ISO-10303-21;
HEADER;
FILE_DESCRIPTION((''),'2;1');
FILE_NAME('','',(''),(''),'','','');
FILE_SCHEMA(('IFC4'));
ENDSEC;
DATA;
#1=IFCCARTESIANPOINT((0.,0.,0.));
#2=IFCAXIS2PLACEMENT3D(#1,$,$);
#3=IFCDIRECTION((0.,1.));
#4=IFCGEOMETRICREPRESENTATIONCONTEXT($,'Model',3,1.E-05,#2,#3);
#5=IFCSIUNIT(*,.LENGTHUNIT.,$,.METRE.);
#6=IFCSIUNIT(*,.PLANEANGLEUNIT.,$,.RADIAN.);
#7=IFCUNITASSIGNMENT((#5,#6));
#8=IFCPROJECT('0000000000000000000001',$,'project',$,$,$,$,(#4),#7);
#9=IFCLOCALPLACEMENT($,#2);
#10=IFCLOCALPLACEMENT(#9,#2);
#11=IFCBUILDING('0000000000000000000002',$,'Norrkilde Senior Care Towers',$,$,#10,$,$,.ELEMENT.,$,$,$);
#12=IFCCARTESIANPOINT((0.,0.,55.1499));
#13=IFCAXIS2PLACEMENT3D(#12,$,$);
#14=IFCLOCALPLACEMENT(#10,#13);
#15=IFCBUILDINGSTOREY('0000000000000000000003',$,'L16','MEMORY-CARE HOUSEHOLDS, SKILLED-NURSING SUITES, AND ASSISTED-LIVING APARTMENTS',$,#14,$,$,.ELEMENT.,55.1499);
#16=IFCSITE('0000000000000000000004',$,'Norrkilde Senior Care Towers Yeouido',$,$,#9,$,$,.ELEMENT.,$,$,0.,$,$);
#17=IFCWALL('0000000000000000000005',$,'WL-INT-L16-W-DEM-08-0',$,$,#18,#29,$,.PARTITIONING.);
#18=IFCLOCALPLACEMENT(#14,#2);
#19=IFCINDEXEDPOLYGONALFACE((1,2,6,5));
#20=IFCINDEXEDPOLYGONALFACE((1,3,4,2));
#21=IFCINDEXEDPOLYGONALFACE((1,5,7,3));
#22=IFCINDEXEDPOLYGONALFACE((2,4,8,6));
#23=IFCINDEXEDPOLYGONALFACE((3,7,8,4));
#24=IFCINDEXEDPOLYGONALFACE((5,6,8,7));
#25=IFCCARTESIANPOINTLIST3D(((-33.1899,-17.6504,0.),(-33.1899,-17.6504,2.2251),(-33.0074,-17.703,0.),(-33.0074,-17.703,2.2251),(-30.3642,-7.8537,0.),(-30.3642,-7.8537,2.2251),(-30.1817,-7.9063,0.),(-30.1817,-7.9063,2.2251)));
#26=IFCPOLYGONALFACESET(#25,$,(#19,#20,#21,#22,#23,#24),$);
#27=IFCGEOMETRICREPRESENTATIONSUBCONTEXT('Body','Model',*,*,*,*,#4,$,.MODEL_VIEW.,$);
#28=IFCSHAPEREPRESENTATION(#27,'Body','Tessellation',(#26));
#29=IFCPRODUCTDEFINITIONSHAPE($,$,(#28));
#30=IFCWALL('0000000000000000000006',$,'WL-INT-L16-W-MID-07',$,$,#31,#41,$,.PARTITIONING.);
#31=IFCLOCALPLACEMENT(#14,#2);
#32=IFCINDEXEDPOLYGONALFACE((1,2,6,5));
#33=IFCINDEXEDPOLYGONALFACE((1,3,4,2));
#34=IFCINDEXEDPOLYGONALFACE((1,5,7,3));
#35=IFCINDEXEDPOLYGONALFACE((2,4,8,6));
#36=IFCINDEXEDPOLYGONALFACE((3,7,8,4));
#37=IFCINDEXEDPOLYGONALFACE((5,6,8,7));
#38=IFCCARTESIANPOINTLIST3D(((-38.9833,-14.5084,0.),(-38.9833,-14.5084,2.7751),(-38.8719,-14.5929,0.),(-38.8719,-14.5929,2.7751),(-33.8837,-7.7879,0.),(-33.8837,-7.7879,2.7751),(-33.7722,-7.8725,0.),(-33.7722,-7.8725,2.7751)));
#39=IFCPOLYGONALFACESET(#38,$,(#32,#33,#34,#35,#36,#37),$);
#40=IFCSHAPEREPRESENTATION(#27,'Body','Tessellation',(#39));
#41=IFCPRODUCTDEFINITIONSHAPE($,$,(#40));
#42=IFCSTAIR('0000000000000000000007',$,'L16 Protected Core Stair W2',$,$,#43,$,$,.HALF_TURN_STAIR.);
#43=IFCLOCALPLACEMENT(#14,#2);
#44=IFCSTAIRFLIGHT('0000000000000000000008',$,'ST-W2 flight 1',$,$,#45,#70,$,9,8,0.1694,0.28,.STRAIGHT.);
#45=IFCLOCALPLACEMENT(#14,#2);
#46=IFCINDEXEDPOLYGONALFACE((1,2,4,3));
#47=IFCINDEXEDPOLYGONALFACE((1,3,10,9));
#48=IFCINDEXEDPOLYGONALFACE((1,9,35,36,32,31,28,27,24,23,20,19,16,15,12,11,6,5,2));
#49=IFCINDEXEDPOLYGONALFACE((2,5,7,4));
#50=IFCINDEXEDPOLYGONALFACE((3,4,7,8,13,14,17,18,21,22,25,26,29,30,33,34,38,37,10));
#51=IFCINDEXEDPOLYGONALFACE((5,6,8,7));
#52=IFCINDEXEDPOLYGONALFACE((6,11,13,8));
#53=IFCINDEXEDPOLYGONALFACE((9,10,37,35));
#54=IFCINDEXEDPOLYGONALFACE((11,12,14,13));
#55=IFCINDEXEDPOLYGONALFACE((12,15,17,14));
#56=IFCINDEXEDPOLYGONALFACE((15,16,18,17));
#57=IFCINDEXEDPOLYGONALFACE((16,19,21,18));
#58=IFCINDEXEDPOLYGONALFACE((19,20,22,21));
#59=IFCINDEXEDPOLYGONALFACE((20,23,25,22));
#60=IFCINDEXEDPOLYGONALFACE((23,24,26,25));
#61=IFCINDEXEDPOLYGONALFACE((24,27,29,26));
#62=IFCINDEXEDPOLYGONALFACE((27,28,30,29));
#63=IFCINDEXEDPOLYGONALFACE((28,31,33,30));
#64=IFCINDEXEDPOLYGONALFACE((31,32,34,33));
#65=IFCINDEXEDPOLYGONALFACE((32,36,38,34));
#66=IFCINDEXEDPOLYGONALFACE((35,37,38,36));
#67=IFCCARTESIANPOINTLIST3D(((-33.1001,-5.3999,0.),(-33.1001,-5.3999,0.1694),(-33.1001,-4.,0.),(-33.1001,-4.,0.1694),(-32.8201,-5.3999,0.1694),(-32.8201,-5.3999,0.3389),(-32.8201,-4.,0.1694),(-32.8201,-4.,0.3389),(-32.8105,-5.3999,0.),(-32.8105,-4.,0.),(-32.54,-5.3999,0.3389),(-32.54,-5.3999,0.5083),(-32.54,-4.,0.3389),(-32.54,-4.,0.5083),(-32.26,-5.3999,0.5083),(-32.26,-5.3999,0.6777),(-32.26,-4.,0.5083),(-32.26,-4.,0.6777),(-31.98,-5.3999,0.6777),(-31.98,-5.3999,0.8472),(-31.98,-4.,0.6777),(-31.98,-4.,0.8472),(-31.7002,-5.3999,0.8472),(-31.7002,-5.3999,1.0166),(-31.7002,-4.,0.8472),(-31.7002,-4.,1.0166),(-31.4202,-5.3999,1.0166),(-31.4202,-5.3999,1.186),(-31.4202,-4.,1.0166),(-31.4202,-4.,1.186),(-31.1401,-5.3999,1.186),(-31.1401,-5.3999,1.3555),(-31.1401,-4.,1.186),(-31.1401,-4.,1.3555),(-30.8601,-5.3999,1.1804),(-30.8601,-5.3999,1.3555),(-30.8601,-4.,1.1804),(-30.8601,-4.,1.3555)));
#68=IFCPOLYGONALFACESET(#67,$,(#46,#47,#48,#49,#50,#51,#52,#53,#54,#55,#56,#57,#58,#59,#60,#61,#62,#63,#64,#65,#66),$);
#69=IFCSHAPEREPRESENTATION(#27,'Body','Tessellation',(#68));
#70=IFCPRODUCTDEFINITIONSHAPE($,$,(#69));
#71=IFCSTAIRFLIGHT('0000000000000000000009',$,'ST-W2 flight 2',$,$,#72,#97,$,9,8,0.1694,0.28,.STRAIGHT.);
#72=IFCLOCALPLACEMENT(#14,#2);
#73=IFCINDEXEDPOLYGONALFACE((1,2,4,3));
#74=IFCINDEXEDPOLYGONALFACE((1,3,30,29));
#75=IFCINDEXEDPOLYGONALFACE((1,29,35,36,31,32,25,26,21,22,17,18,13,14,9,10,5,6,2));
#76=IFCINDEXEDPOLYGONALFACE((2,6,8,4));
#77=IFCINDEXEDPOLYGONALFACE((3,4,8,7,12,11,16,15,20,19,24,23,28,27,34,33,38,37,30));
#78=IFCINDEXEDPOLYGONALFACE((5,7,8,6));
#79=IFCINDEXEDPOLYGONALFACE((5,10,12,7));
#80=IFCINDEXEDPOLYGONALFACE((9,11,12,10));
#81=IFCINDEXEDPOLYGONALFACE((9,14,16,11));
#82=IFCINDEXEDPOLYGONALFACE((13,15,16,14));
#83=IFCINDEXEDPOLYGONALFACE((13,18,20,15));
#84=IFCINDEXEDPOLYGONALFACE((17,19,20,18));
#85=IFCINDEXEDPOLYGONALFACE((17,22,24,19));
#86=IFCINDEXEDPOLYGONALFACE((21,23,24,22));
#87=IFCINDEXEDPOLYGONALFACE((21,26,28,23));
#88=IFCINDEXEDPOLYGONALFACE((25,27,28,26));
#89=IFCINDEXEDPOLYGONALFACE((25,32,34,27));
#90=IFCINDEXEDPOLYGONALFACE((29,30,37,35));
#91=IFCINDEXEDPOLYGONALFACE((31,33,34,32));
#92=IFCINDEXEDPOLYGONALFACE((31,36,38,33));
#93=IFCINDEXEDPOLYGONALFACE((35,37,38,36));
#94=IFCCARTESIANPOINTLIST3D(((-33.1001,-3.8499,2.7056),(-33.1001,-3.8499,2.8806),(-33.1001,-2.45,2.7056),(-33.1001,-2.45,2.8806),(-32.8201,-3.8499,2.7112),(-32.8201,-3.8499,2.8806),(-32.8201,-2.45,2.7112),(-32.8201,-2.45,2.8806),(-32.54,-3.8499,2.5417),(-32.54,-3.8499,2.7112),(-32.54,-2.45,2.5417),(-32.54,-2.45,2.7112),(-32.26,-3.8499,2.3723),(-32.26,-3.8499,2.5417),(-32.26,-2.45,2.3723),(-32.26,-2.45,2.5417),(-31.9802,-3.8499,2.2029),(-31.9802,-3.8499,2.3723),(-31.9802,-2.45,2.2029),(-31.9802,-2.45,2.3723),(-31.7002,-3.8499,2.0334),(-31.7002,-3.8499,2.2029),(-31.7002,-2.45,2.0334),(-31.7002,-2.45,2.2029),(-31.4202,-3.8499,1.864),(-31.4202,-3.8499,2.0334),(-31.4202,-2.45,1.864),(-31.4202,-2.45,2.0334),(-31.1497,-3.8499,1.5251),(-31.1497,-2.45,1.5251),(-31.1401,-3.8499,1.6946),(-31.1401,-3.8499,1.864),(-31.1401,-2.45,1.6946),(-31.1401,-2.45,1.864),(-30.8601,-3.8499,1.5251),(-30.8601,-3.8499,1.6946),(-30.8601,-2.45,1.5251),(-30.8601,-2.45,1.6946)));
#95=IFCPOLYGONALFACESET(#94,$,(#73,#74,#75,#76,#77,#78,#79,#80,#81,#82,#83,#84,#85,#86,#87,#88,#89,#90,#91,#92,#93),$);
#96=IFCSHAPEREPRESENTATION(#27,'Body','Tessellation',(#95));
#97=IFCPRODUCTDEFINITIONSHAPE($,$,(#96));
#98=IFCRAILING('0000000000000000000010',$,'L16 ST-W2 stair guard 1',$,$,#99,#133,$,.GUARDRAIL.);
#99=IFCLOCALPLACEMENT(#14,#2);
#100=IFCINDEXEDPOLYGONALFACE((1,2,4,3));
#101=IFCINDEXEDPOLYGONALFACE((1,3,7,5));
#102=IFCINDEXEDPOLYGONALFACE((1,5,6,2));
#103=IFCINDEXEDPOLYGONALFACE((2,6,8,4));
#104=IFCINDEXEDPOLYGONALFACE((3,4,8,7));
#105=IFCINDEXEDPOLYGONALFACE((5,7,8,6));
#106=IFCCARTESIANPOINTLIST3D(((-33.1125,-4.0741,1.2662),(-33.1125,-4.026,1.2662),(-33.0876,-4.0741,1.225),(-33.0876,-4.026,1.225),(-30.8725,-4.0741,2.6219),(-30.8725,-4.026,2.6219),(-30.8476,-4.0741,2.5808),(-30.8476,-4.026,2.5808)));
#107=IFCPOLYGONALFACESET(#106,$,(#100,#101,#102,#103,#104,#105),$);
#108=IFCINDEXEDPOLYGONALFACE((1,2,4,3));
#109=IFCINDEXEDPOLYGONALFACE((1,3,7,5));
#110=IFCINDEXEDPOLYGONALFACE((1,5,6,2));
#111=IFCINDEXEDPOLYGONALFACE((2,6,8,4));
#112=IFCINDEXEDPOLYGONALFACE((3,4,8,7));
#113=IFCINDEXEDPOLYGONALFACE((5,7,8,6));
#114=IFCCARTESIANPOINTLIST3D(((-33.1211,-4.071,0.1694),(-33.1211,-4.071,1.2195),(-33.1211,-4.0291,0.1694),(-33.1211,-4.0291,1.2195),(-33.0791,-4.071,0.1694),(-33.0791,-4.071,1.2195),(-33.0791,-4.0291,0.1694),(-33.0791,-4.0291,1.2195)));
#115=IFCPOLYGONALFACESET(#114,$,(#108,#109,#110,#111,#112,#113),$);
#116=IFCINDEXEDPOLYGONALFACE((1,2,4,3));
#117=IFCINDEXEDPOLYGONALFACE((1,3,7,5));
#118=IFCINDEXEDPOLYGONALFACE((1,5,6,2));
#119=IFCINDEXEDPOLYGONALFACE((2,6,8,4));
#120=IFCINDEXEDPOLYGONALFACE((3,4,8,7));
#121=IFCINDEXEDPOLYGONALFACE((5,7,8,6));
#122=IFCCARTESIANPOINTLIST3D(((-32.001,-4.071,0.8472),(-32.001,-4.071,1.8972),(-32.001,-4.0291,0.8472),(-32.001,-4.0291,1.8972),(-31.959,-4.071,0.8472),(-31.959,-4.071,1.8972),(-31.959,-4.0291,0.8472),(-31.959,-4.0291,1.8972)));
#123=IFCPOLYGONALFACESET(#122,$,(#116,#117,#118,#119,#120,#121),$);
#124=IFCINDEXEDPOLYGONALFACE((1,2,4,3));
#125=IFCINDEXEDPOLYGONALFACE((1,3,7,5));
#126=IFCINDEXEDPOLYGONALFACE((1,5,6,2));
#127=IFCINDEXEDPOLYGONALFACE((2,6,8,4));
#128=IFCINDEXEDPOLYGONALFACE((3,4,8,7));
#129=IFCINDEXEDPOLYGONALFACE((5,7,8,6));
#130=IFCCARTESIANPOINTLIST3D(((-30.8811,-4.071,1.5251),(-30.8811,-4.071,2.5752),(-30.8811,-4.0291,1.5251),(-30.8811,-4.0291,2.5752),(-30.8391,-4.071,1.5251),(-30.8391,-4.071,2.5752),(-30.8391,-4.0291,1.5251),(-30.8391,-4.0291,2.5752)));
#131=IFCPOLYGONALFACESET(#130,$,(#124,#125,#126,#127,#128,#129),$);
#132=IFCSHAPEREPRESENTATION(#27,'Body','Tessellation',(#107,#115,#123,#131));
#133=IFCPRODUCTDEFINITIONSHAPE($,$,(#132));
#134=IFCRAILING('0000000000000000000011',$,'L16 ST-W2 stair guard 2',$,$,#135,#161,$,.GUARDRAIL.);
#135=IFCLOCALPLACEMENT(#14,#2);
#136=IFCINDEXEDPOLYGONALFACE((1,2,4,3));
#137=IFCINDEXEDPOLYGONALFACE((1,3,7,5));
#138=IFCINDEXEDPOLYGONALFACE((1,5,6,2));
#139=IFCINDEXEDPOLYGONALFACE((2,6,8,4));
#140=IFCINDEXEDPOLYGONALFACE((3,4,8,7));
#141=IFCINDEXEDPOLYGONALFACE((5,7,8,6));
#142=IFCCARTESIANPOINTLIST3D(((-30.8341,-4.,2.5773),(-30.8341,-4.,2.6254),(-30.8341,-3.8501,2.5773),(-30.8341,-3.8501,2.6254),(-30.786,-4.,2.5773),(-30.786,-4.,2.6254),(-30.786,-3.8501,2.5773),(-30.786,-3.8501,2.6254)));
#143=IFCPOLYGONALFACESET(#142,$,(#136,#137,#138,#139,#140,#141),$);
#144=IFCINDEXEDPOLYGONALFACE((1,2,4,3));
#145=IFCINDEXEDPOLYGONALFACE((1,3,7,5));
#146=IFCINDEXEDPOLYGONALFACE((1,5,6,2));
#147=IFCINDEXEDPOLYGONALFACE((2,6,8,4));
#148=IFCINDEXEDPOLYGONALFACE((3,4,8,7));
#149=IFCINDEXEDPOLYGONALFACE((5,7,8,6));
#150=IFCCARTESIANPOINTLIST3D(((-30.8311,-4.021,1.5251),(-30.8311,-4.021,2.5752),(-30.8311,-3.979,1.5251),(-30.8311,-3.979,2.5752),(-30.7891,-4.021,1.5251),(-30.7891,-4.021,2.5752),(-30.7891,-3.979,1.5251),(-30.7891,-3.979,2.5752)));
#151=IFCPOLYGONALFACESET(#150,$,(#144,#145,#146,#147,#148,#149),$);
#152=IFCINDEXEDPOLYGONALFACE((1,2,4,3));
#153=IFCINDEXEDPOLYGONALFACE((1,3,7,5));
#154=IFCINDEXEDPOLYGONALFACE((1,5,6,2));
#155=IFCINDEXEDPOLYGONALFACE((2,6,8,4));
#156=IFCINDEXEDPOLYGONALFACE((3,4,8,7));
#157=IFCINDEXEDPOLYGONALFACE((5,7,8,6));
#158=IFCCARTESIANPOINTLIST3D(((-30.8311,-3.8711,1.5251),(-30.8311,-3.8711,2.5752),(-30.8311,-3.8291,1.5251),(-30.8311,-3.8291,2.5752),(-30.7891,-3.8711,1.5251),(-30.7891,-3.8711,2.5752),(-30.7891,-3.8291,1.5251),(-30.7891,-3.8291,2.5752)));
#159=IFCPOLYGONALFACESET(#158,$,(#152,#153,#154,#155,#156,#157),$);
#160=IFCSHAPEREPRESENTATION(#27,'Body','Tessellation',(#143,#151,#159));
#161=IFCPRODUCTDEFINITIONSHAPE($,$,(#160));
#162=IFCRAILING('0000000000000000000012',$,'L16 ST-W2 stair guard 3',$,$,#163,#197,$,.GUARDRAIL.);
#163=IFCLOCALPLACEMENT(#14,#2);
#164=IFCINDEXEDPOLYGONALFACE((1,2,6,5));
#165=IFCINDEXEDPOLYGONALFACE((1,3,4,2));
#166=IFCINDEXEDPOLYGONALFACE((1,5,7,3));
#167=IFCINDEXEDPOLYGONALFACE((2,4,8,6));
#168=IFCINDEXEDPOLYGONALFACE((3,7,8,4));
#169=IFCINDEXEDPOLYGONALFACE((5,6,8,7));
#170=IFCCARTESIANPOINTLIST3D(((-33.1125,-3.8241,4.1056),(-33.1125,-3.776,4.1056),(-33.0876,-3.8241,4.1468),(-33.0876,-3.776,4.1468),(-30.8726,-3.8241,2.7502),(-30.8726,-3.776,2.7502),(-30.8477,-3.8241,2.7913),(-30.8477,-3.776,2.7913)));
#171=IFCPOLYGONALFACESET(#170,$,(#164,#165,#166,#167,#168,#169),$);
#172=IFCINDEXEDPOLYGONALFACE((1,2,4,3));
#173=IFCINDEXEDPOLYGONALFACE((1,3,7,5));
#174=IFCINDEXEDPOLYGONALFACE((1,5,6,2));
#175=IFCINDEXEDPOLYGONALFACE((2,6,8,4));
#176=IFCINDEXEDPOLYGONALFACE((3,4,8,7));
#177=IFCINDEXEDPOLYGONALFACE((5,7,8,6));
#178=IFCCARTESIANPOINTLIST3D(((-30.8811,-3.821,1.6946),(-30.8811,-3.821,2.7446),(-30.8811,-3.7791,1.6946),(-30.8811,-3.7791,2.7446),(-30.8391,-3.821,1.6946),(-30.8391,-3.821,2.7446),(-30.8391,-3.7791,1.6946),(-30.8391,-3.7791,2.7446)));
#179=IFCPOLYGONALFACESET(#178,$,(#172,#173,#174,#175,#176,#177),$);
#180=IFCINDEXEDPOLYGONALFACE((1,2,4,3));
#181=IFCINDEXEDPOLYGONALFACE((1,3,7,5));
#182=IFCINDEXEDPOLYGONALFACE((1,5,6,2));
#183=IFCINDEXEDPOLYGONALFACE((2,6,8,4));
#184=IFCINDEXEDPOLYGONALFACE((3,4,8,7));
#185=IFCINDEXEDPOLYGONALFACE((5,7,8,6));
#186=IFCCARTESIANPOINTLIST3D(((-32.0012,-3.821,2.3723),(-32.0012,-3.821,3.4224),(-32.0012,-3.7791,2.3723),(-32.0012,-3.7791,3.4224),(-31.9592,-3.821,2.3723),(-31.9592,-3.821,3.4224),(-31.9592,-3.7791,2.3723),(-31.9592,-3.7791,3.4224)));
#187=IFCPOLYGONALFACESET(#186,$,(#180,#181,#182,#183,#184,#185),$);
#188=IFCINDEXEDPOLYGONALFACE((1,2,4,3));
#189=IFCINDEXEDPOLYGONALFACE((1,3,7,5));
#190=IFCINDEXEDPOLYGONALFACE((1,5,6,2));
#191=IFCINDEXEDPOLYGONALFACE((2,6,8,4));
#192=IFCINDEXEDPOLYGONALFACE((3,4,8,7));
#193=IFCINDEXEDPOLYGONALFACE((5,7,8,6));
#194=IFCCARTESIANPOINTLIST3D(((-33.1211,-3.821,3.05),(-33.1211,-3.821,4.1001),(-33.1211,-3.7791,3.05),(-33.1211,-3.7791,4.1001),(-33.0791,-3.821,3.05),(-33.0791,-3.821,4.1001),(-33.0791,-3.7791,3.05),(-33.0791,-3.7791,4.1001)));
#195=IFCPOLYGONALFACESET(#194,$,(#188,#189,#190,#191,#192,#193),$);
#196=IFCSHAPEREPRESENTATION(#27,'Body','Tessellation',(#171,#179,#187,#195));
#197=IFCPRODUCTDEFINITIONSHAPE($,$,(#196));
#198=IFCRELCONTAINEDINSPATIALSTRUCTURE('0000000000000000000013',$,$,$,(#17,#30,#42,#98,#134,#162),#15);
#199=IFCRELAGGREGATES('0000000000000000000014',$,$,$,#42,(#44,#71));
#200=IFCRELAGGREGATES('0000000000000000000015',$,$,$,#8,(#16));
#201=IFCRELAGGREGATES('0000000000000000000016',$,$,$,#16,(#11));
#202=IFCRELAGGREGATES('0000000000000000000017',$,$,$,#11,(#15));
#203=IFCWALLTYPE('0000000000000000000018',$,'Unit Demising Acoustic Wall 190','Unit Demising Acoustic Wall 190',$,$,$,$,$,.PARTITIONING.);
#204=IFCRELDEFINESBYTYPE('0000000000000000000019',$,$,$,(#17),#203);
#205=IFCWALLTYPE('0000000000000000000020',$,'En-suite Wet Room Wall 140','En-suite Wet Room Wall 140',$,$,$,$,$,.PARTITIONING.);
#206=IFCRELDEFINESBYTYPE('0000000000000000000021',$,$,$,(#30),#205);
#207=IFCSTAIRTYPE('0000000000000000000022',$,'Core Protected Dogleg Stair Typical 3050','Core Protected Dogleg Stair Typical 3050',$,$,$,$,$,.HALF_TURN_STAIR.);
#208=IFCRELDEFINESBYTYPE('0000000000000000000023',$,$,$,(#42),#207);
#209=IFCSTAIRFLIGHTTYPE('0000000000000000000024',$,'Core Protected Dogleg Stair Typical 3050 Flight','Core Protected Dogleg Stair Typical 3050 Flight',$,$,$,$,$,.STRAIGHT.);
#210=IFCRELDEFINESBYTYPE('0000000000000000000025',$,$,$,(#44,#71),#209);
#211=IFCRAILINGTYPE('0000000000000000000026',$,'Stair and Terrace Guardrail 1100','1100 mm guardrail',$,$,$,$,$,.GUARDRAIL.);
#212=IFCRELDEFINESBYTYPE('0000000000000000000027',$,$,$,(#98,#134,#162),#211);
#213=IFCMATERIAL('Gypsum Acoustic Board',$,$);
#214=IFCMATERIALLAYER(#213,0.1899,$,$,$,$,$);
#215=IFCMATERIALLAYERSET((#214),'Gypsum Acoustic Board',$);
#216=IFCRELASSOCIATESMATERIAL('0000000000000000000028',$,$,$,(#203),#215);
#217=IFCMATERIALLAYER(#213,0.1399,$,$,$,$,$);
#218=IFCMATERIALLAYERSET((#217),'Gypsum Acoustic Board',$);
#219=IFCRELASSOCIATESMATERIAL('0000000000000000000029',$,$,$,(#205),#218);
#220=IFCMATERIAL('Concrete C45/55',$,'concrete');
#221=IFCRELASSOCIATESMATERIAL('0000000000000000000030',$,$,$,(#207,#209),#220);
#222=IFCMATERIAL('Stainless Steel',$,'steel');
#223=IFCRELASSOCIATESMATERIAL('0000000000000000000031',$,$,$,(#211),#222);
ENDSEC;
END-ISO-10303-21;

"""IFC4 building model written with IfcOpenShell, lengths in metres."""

from ifc_helpers import new_model, si_unit, direction, frame, frame_2d, origin, origin_2d, place, context, subcontext, project, spatial, polyline, rectangle, outline, extrude, source, transform, mapped, material, layer, layer_set, type_object, type_shapes, element, aggregate, save


model = new_model("IFC4")

# Units and contexts
model_context = context("Model", 3, precision=1e-05, world=origin(), true_north=direction((0.0, 1.0)))
body_context = subcontext(model_context, "Body", "Model", "MODEL_VIEW")
ifc_project = project(units=[si_unit("LENGTHUNIT", "METRE"), si_unit("PLANEANGLEUNIT", "RADIAN")], contexts=[model_context])

# Site, building, storey
site_placement = place(None, origin())
site = spatial("IfcSite", under=ifc_project, at=site_placement, Name="Norrkilde Senior Care Towers Yeouido", CompositionType="ELEMENT", RefElevation=0.0)
building_placement = place(site_placement, origin())
building = spatial("IfcBuilding", under=site, at=building_placement, Name="Norrkilde Senior Care Towers", CompositionType="ELEMENT")
storey_placement = place(building_placement, frame((0.0, 0.0, 55.1499)))
storey = spatial("IfcBuildingStorey", under=building, at=storey_placement, Name="L16", Description="MEMORY-CARE HOUSEHOLDS, SKILLED-NURSING SUITES, AND ASSISTED-LIVING APARTMENTS", CompositionType="ELEMENT", Elevation=55.1499)

# Shared definitions
ifc_material_1 = material(Name="Concrete C45/55", Category="concrete")

# Walls
ifc_material_2 = material(Name="Gypsum Acoustic Board")
ifc_layer_1 = layer(ifc_material_2, 0.1899)
ifc_layer_set_1 = layer_set([ifc_layer_1], Name="Gypsum Acoustic Board")
wall_type_1 = type_object("IfcWallType", Name="Unit Demising Acoustic Wall 190", Description="Unit Demising Acoustic Wall 190", PredefinedType="PARTITIONING", material=ifc_layer_set_1)
shared_shape_1 = source(origin(), body_context, "Body", "SweptSolid", [
    extrude(rectangle(XDim=10.196, YDim=0.1899, at=frame_2d((5.0981, 0.0))), origin(), (0.0, 0.0, 1.0), 2.2251),
])
type_shapes(wall_type_1, [shared_shape_1])
wall_1_placement = place(storey_placement, frame((-30.2729, -7.8799, 0.0), z_axis=(0.0, 0.0, 1.0), x_axis=(-0.277136, -0.960831, 0.0)))
element("IfcWall", 1, at=wall_1_placement, inside=storey, type_object=wall_type_1, Name="WL-INT-L16-W-DEM-08-0", PredefinedType="PARTITIONING", context=body_context, shape_type="MappedRepresentation", body=[
    mapped(shared_shape_1, transform((0.0, 0.0, 0.0), x_axis=(1.0, 0.0, 0.0), y_axis=(0.0, 1.0, 0.0), z_axis=(0.0, 0.0, 1.0), scale=1.0)),
])
ifc_layer_2 = layer(ifc_material_2, 0.1399)
ifc_layer_set_2 = layer_set([ifc_layer_2], Name="Gypsum Acoustic Board")
wall_type_2 = type_object("IfcWallType", Name="En-suite Wet Room Wall 140", Description="En-suite Wet Room Wall 140", PredefinedType="PARTITIONING", material=ifc_layer_set_2)
shared_shape_2 = source(origin(), body_context, "Body", "SweptSolid", [
    extrude(rectangle(XDim=8.4363, YDim=0.1399, at=frame_2d((4.2183, 0.0))), origin(), (0.0, 0.0, 1.0), 2.7751),
])
type_shapes(wall_type_2, [shared_shape_2])
wall_2_placement = place(storey_placement, frame((-33.8279, -7.8301, 0.0), z_axis=(0.0, 0.0, 1.0), x_axis=(-0.604487, -0.796615, 0.0)))
element("IfcWall", 2, at=wall_2_placement, inside=storey, type_object=wall_type_2, Name="WL-INT-L16-W-MID-07", PredefinedType="PARTITIONING", context=body_context, shape_type="MappedRepresentation", body=[
    mapped(shared_shape_2, transform((0.0, 0.0, 0.0), x_axis=(1.0, 0.0, 0.0), y_axis=(0.0, 1.0, 0.0), z_axis=(0.0, 0.0, 1.0), scale=1.0)),
])

# Stair, stair flights
stair_type = type_object("IfcStairType", Name="Core Protected Dogleg Stair Typical 3050", Description="Core Protected Dogleg Stair Typical 3050", PredefinedType="HALF_TURN_STAIR", material=ifc_material_1)
stair_placement = place(storey_placement, origin())
stair = element("IfcStair", 3, at=stair_placement, inside=storey, type_object=stair_type, Name="L16 Protected Core Stair W2", PredefinedType="HALF_TURN_STAIR")
stair_flight_type = type_object("IfcStairFlightType", Name="Core Protected Dogleg Stair Typical 3050 Flight", Description="Core Protected Dogleg Stair Typical 3050 Flight", PredefinedType="STRAIGHT", material=ifc_material_1)
stair_flight_1_placement = place(storey_placement, frame((-33.1001, -4.7, 0.0), z_axis=(0.0, 0.0, 1.0), x_axis=(1.0, 0.0, 0.0)))
stair_flight_1 = element("IfcStairFlight", 4, at=stair_flight_1_placement, type_object=stair_flight_type, Name="ST-W2 flight 1", NumberOfRisers=9, NumberOfTreads=8, PredefinedType="STRAIGHT", RiserHeight=0.1694, TreadLength=0.28, context=body_context, shape_type="SweptSolid", body=[
    extrude(outline(polyline([(0.0, 0.0), (0.0, 0.1694), (0.28, 0.1694), (0.28, 0.3389), (0.5601, 0.3389), (0.5601, 0.5083), (0.8401, 0.5083), (0.8401, 0.6777), (1.1201, 0.6777), (1.1201, 0.8472), (1.3999, 0.8472), (1.3999, 1.0166), (1.6799, 1.0166), (1.6799, 1.186), (1.96, 1.186), (1.96, 1.3555), (2.24, 1.3555), (2.24, 1.5249), (2.24, 1.1804), (0.2896, 0.0), (0.0, 0.0)])), frame((0.0, 0.7, 0.0), z_axis=(0.0, -1.0, 0.0), x_axis=(1.0, 0.0, 0.0)), (0.0, 0.0, 1.0), 1.3999),
])
stair_flight_2_placement = place(storey_placement, frame((-30.8601, -3.1499, 1.5251), z_axis=(0.0, 0.0, 1.0), x_axis=(-1.0, 0.0, 0.0)))
stair_flight_2 = element("IfcStairFlight", 5, at=stair_flight_2_placement, type_object=stair_flight_type, Name="ST-W2 flight 2", NumberOfRisers=9, NumberOfTreads=8, PredefinedType="STRAIGHT", RiserHeight=0.1694, TreadLength=0.28, context=body_context, shape_type="SweptSolid", body=[
    extrude(outline(polyline([(0.0, 0.0), (0.0, 0.1694), (0.28, 0.1694), (0.28, 0.3389), (0.5601, 0.3389), (0.5601, 0.5083), (0.8401, 0.5083), (0.8401, 0.6777), (1.1201, 0.6777), (1.1201, 0.8472), (1.3999, 0.8472), (1.3999, 1.0166), (1.6799, 1.0166), (1.6799, 1.186), (1.96, 1.186), (1.96, 1.3555), (2.24, 1.3555), (2.24, 1.5249), (2.24, 1.1804), (0.2896, 0.0), (0.0, 0.0)])), frame((0.0, 0.7, 0.0), z_axis=(0.0, -1.0, 0.0), x_axis=(1.0, 0.0, 0.0)), (0.0, 0.0, 1.0), 1.3999),
])
aggregate(stair, [stair_flight_1, stair_flight_2])

# Railings
ifc_material_3 = material(Name="Stainless Steel", Category="steel")
railing_type_1 = type_object("IfcRailingType", Name="Stair and Terrace Guardrail 1100", Description="1100 mm guardrail", PredefinedType="GUARDRAIL", material=ifc_material_3)
railing_1_placement = place(storey_placement, frame((-33.1001, -4.05, 0.1694)))
element("IfcRailing", 6, at=railing_1_placement, inside=storey, type_object=railing_type_1, Name="L16 ST-W2 stair guard 1", PredefinedType="GUARDRAIL", context=body_context, shape_type="SweptSolid", body=[
    extrude(rectangle(XDim=0.0481, YDim=0.0481, at=origin_2d()), frame((0.0, 0.0, 1.0762), z_axis=(0.855512, 0.0, 0.517783), x_axis=(0.0, 1.0, 0.0)), (0.0, 0.0, 1.0), 2.6184),
    extrude(rectangle(XDim=0.042, YDim=0.042, at=origin_2d()), origin(), (0.0, 0.0, 1.0), 1.05),
    extrude(rectangle(XDim=0.042, YDim=0.042, at=origin_2d()), frame((1.1201, 0.0, 0.6777)), (0.0, 0.0, 1.0), 1.05),
    extrude(rectangle(XDim=0.042, YDim=0.042, at=origin_2d()), frame((2.24, 0.0, 1.3557)), (0.0, 0.0, 1.0), 1.05),
])
railing_2_placement = place(storey_placement, frame((-30.8101, -4.0, 1.5251)))
element("IfcRailing", 7, at=railing_2_placement, inside=storey, type_object=railing_type_1, Name="L16 ST-W2 stair guard 2", PredefinedType="GUARDRAIL", context=body_context, shape_type="SweptSolid", body=[
    extrude(rectangle(XDim=0.0481, YDim=0.0481, at=origin_2d()), frame((0.0, 0.0, 1.0762), z_axis=(0.0, 1.0, 0.0), x_axis=(-1.0, 0.0, 0.0)), (0.0, 0.0, 1.0), 0.1499),
    extrude(rectangle(XDim=0.042, YDim=0.042, at=origin_2d()), origin(), (0.0, 0.0, 1.0), 1.05),
    extrude(rectangle(XDim=0.042, YDim=0.042, at=origin_2d()), frame((0.0, 0.1499, 0.0)), (0.0, 0.0, 1.0), 1.05),
])
railing_3_placement = place(storey_placement, frame((-30.8601, -3.8, 1.6946)))
element("IfcRailing", 8, at=railing_3_placement, inside=storey, type_object=railing_type_1, Name="L16 ST-W2 stair guard 3", PredefinedType="GUARDRAIL", context=body_context, shape_type="SweptSolid", body=[
    extrude(rectangle(XDim=0.0481, YDim=0.0481, at=origin_2d()), frame((0.0, 0.0, 1.0762), z_axis=(-0.855553, 0.0, 0.517715), x_axis=(0.0, -1.0, 0.0)), (0.0, 0.0, 1.0), 2.6182),
    extrude(rectangle(XDim=0.042, YDim=0.042, at=origin_2d()), origin(), (0.0, 0.0, 1.0), 1.05),
    extrude(rectangle(XDim=0.042, YDim=0.042, at=origin_2d()), frame((-1.1201, 0.0, 0.6777)), (0.0, 0.0, 1.0), 1.05),
    extrude(rectangle(XDim=0.042, YDim=0.042, at=origin_2d()), frame((-2.24, 0.0, 1.3555)), (0.0, 0.0, 1.0), 1.05),
])

save(model, "model.ifc")
